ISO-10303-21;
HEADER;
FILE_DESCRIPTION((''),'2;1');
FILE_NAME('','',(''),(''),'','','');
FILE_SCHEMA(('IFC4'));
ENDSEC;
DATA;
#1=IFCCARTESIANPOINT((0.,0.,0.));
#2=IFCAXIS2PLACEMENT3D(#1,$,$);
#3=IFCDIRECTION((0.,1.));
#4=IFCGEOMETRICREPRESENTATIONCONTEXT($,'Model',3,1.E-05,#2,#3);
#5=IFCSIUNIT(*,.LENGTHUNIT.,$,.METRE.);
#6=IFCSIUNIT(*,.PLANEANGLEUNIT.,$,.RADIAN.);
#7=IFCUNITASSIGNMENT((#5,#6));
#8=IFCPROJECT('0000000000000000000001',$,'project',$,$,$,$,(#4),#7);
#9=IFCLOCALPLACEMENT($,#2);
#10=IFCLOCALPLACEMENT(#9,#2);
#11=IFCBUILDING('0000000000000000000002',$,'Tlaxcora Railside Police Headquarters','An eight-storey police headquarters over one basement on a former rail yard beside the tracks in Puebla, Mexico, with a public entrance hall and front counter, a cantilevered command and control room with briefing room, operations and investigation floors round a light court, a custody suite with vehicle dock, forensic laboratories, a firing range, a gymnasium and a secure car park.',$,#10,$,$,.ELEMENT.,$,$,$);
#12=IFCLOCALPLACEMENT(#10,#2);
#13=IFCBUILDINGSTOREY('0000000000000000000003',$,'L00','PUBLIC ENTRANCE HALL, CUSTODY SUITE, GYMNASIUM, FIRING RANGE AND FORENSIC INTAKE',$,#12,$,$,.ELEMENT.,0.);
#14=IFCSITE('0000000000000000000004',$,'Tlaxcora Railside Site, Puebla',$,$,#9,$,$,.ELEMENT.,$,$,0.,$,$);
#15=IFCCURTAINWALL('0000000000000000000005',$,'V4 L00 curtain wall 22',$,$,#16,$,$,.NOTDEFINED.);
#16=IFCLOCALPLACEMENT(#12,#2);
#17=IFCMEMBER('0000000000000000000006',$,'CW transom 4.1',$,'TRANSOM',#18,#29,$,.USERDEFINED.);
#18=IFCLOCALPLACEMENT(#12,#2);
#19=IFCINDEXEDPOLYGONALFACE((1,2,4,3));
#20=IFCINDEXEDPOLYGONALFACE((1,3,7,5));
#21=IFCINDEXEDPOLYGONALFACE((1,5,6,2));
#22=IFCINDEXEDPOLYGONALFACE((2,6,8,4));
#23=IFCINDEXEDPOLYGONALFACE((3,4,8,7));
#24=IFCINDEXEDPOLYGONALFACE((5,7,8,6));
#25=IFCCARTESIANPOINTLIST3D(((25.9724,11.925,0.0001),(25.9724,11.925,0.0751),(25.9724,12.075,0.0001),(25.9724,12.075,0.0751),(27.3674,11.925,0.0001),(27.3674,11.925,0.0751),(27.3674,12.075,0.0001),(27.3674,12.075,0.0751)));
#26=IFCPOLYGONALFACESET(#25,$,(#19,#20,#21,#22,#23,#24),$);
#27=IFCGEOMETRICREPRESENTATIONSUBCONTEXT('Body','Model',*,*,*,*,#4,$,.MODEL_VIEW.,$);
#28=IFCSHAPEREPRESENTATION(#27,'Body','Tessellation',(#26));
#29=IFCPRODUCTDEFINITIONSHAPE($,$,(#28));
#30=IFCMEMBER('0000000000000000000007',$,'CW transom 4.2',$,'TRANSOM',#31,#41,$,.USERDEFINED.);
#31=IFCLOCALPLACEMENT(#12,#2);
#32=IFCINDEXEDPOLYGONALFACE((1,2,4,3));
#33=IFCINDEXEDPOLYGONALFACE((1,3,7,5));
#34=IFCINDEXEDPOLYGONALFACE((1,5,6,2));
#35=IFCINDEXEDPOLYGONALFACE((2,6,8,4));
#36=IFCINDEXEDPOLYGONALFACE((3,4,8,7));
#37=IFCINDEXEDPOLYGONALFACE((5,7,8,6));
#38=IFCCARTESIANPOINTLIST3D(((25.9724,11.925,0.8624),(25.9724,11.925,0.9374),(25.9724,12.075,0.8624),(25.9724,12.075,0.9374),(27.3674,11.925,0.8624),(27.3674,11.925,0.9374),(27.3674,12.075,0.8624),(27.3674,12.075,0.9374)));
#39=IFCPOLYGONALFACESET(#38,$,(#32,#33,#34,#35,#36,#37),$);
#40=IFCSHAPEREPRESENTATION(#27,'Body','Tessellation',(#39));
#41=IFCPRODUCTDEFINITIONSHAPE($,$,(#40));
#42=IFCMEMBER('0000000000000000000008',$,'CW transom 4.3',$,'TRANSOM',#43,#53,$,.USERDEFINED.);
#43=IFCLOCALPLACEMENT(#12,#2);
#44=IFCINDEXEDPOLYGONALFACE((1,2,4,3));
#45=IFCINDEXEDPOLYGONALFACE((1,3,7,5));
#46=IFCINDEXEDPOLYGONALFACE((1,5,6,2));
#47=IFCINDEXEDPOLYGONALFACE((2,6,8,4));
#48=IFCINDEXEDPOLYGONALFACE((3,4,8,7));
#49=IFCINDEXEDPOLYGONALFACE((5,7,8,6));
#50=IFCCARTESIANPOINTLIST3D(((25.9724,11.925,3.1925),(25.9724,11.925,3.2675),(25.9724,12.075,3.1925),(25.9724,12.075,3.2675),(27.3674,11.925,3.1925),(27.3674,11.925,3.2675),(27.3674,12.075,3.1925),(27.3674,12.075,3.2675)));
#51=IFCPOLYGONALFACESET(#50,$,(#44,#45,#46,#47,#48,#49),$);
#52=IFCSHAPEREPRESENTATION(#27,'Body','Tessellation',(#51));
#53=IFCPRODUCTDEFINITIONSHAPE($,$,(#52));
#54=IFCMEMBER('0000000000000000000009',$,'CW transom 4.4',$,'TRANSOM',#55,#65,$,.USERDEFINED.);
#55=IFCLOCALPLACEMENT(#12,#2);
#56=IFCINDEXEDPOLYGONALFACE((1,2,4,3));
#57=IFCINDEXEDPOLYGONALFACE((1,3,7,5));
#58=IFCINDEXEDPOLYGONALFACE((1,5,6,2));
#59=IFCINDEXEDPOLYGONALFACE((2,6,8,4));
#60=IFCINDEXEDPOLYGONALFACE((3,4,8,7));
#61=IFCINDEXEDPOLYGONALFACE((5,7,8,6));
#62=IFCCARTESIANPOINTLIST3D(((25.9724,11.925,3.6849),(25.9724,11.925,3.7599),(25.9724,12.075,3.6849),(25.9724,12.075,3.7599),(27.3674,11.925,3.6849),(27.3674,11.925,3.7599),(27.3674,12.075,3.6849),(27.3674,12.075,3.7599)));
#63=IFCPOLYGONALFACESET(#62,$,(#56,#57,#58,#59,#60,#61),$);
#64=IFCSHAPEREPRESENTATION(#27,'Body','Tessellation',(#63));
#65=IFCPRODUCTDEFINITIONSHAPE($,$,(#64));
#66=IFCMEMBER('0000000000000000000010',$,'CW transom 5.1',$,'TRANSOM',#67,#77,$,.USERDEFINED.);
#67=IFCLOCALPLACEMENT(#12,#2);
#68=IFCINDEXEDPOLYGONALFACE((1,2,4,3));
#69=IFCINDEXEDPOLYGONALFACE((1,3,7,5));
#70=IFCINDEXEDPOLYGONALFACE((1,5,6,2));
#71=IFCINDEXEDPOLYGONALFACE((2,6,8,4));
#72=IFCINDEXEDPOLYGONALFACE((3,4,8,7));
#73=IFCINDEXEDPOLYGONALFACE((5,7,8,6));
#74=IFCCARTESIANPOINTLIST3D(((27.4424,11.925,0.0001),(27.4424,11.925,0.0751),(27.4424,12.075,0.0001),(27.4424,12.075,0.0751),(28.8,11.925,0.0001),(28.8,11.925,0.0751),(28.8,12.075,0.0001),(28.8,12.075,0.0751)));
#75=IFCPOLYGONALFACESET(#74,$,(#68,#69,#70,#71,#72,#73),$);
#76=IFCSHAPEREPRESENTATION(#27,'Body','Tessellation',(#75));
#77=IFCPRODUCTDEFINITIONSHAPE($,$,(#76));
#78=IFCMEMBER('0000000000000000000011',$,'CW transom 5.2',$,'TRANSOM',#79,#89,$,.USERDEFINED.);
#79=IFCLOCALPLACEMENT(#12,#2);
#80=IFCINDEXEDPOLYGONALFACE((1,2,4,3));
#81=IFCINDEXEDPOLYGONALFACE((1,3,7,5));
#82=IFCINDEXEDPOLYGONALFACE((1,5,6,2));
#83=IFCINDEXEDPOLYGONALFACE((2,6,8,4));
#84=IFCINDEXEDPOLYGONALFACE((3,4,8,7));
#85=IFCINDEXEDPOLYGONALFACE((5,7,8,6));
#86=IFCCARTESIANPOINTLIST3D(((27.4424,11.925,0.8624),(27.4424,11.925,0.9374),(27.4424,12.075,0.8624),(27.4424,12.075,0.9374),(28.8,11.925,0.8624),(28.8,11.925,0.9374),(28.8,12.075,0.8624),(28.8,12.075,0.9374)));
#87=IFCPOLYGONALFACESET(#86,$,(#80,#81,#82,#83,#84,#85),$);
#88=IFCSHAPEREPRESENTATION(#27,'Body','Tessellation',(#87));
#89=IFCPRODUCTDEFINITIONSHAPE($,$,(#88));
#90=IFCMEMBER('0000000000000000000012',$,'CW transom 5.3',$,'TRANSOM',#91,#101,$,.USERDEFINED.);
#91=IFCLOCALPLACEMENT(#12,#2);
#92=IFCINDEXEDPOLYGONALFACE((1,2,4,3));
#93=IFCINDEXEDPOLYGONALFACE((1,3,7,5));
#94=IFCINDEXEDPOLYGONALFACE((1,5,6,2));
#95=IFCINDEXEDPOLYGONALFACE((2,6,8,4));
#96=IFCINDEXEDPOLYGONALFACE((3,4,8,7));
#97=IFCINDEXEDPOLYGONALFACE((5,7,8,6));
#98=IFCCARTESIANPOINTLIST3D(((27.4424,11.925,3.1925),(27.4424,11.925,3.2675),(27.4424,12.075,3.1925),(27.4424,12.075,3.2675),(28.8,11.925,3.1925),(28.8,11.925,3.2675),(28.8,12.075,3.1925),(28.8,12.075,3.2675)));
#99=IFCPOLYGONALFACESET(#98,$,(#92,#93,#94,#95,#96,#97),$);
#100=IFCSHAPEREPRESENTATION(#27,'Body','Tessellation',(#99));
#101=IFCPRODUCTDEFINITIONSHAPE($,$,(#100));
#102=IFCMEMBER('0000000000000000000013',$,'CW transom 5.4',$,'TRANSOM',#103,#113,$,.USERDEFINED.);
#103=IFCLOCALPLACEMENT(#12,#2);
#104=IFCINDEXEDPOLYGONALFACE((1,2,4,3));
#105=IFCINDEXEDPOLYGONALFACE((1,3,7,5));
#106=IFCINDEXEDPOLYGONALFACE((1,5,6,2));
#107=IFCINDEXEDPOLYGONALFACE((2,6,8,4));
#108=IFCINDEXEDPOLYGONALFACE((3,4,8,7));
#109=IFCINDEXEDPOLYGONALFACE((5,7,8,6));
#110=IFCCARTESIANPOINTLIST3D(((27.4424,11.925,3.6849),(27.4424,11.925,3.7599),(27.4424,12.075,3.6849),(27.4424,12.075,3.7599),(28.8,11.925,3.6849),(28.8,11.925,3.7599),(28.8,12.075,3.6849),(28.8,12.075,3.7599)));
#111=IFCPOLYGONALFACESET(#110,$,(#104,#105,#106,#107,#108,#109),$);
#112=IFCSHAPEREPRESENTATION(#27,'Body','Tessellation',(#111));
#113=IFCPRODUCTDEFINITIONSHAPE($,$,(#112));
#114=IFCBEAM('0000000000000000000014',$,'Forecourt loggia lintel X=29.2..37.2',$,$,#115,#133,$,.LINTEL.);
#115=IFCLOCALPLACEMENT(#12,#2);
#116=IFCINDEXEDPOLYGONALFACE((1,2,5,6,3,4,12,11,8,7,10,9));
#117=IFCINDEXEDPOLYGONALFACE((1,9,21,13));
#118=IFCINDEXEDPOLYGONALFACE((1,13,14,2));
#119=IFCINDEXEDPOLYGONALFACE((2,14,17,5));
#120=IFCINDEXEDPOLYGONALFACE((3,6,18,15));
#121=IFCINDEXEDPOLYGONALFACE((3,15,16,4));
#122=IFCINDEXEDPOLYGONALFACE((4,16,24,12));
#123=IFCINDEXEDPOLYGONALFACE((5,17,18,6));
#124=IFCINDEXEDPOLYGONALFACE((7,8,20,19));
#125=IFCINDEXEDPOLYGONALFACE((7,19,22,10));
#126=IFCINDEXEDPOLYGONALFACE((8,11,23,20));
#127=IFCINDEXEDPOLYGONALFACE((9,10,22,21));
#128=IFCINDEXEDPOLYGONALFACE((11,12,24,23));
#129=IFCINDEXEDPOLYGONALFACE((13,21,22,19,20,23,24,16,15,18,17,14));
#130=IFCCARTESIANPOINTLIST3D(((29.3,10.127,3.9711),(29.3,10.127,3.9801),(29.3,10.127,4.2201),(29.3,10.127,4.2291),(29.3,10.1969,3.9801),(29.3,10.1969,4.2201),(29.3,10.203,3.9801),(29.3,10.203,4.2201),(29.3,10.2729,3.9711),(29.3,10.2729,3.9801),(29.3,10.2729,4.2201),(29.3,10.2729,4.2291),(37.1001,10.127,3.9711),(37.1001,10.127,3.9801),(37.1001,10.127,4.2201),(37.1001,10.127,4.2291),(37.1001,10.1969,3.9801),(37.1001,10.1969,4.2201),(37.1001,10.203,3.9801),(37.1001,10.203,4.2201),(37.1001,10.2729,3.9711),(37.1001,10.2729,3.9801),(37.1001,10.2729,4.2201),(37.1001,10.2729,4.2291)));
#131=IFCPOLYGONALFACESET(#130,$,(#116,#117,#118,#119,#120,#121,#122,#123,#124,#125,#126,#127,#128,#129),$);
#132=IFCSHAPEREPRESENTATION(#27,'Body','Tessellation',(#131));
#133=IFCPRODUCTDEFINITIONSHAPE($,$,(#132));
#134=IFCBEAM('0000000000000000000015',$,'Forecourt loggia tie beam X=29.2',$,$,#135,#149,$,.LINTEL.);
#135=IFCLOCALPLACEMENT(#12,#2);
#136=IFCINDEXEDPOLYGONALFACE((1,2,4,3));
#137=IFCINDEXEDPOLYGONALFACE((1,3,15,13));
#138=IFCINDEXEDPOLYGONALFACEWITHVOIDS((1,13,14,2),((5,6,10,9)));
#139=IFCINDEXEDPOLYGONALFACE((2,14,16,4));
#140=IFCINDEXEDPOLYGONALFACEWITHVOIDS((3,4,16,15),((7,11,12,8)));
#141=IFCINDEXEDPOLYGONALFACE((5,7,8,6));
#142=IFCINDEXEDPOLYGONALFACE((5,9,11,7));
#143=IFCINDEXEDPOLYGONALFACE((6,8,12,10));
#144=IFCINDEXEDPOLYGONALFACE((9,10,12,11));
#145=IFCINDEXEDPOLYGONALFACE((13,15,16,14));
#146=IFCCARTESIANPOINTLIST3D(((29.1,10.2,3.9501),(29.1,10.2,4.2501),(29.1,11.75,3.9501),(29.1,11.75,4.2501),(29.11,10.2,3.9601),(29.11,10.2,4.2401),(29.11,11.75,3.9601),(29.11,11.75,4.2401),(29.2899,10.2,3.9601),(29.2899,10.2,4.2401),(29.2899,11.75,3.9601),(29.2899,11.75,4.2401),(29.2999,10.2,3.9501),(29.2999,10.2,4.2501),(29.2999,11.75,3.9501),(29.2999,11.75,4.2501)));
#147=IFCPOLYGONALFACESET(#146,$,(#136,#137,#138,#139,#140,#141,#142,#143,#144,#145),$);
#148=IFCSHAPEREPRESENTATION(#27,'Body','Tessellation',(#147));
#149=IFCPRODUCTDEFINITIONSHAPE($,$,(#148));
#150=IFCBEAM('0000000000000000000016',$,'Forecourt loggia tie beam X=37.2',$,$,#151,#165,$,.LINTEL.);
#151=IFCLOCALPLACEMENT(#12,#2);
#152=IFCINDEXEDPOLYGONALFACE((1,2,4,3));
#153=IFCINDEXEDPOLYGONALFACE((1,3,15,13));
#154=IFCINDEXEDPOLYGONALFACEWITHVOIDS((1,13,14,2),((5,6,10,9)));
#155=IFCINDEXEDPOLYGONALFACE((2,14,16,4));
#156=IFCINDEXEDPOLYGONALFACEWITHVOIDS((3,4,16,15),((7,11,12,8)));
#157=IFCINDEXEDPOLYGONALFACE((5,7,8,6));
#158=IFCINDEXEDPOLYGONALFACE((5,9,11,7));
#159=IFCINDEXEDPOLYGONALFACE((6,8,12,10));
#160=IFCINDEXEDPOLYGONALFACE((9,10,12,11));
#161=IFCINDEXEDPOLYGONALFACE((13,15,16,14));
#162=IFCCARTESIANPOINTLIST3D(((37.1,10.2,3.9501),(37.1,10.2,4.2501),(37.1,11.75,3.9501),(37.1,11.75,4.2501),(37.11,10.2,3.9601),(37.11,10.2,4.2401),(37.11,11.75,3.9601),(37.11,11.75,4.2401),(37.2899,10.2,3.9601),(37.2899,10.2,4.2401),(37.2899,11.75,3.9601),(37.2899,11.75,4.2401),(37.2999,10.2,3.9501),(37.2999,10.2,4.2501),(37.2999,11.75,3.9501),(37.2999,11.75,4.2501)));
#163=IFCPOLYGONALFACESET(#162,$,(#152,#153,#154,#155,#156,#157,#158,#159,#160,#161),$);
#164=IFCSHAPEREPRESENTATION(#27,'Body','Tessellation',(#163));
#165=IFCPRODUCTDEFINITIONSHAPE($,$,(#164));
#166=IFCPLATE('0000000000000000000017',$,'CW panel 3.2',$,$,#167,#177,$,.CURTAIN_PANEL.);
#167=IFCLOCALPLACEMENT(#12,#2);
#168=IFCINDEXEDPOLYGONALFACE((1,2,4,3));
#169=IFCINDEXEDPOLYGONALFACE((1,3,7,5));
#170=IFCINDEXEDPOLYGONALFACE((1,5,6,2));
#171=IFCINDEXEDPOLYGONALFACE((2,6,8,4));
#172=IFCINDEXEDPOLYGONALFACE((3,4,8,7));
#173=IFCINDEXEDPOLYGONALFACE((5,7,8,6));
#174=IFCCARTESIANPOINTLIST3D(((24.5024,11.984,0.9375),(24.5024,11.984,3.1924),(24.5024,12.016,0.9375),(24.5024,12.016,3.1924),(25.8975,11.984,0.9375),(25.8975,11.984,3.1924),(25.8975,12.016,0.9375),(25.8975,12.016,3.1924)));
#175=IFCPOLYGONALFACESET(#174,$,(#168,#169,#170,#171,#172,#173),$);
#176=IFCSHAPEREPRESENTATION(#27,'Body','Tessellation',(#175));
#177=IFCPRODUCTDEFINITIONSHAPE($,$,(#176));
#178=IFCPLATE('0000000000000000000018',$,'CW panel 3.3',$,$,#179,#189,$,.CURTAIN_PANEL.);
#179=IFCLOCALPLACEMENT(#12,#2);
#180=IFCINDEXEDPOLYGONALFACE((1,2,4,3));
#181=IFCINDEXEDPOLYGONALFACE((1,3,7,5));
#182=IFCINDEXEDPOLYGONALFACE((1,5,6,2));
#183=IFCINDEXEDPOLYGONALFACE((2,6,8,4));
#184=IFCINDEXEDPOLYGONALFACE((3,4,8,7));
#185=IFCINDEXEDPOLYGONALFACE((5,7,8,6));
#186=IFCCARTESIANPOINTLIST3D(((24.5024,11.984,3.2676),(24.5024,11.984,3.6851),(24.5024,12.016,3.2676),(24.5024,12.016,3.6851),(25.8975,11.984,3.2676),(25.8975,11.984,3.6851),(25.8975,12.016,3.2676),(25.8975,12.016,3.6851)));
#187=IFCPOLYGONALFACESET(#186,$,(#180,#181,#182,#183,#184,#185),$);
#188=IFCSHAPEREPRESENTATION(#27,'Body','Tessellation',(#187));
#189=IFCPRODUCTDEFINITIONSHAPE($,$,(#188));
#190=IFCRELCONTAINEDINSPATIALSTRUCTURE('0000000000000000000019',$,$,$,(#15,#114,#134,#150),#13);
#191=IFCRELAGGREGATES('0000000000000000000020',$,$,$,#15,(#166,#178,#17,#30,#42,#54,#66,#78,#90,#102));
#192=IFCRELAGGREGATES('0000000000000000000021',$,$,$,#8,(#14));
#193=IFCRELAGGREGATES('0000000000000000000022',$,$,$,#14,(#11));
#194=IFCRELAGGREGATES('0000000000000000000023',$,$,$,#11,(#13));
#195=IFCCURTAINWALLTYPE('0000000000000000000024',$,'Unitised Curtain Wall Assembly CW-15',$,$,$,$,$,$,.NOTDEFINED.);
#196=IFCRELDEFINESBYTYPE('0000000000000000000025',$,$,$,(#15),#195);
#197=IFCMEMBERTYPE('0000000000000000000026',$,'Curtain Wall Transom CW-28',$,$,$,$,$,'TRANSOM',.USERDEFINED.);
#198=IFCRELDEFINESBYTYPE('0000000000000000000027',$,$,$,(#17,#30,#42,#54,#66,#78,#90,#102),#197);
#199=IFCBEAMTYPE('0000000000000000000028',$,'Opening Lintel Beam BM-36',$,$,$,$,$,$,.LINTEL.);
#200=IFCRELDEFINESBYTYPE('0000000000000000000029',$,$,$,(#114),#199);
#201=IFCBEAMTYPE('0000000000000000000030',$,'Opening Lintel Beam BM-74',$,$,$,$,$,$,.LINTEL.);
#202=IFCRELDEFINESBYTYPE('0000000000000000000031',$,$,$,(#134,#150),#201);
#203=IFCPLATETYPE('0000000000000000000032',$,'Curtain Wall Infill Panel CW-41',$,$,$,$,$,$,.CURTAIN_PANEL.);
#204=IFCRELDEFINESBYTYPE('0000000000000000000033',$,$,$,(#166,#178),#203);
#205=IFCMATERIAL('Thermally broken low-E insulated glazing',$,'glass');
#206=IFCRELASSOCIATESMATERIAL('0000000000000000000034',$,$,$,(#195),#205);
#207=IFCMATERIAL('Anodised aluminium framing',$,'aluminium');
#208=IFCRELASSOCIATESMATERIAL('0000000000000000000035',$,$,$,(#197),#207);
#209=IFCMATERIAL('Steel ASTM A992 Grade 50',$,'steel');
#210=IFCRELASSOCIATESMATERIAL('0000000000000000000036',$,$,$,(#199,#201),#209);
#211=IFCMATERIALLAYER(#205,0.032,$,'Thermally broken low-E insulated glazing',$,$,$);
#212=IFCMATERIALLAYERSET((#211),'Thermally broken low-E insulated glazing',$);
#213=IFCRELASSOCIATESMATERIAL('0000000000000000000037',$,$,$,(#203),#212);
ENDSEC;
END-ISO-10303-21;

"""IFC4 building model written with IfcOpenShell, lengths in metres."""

from ifc_helpers import new_model, si_unit, direction, frame, origin, origin_2d, place, context, subcontext, project, spatial, rectangle, hollow_rectangle, i_section, extrude, material, layer, layer_set, material_profile, profile_set, type_object, element, aggregate, save


model = new_model("IFC4")

# Units and contexts
model_context = context("Model", 3, precision=1e-05, world=origin(), true_north=direction((0.0, 1.0)))
body_context = subcontext(model_context, "Body", "Model", "MODEL_VIEW")
ifc_project = project(units=[si_unit("LENGTHUNIT", "METRE"), si_unit("PLANEANGLEUNIT", "RADIAN")], contexts=[model_context])

# Site, building, storey
site_placement = place(None, origin())
site = spatial("IfcSite", under=ifc_project, at=site_placement, Name="Tlaxcora Railside Site, Puebla", CompositionType="ELEMENT", RefElevation=0.0)
building_placement = place(site_placement, origin())
building = spatial("IfcBuilding", under=site, at=building_placement, Name="Tlaxcora Railside Police Headquarters", Description="An eight-storey police headquarters over one basement on a former rail yard beside the tracks in Puebla, Mexico, with a public entrance hall and front counter, a cantilevered command and control room with briefing room, operations and investigation floors round a light court, a custody suite with vehicle dock, forensic laboratories, a firing range, a gymnasium and a secure car park.", CompositionType="ELEMENT")
storey_placement = place(building_placement, origin())
storey = spatial("IfcBuildingStorey", under=building, at=storey_placement, Name="L00", Description="PUBLIC ENTRANCE HALL, CUSTODY SUITE, GYMNASIUM, FIRING RANGE AND FORENSIC INTAKE", CompositionType="ELEMENT", Elevation=0.0)

# Shared definitions
ifc_material_1 = material(Name="Steel ASTM A992 Grade 50", Category="steel")

# Curtain wall, members
ifc_material_2 = material(Name="Thermally broken low-E insulated glazing", Category="glass")
curtain_wall_type = type_object("IfcCurtainWallType", Name="Unitised Curtain Wall Assembly CW-15", PredefinedType="NOTDEFINED", material=ifc_material_2)
curtain_wall_placement = place(storey_placement, origin())
curtain_wall = element("IfcCurtainWall", 1, at=curtain_wall_placement, inside=storey, type_object=curtain_wall_type, Name="V4 L00 curtain wall 22", PredefinedType="NOTDEFINED")
ifc_material_3 = material(Name="Anodised aluminium framing", Category="aluminium")
ifc_material_profile_1 = material_profile(ifc_material_3, rectangle(XDim=0.1499, YDim=0.075, at=origin_2d()), Name="AL75X150")
ifc_profile_set_1 = profile_set([ifc_material_profile_1], Name="Anodised aluminium framing")
member_type_1 = type_object("IfcMemberType", Name="Curtain Wall Transom CW-28", ElementType="TRANSOM", PredefinedType="USERDEFINED", material=ifc_profile_set_1)
member_1_placement = place(storey_placement, frame((25.9724, 12.0, 0.0376), z_axis=(1.0, 0.0, 0.0), x_axis=(0.0, 1.0, 0.0)))
member_1 = element("IfcMember", 2, at=member_1_placement, type_object=member_type_1, Name="CW transom 4.1", ObjectType="TRANSOM", PredefinedType="USERDEFINED", context=body_context, shape_type="SweptSolid", body=[
    extrude(rectangle(XDim=0.1499, YDim=0.075, at=origin_2d()), origin(), (0.0, 0.0, 1.0), 1.395),
])
member_2_placement = place(storey_placement, frame((25.9724, 12.0, 0.8999), z_axis=(1.0, 0.0, 0.0), x_axis=(0.0, 1.0, 0.0)))
member_2 = element("IfcMember", 3, at=member_2_placement, type_object=member_type_1, Name="CW transom 4.2", ObjectType="TRANSOM", PredefinedType="USERDEFINED", context=body_context, shape_type="SweptSolid", body=[
    extrude(rectangle(XDim=0.1499, YDim=0.075, at=origin_2d()), origin(), (0.0, 0.0, 1.0), 1.395),
])
member_3_placement = place(storey_placement, frame((25.9724, 12.0, 3.23), z_axis=(1.0, 0.0, 0.0), x_axis=(0.0, 1.0, 0.0)))
member_3 = element("IfcMember", 4, at=member_3_placement, type_object=member_type_1, Name="CW transom 4.3", ObjectType="TRANSOM", PredefinedType="USERDEFINED", context=body_context, shape_type="SweptSolid", body=[
    extrude(rectangle(XDim=0.1499, YDim=0.075, at=origin_2d()), origin(), (0.0, 0.0, 1.0), 1.395),
])
member_4_placement = place(storey_placement, frame((25.9724, 12.0, 3.7224), z_axis=(1.0, 0.0, 0.0), x_axis=(0.0, 1.0, 0.0)))
member_4 = element("IfcMember", 5, at=member_4_placement, type_object=member_type_1, Name="CW transom 4.4", ObjectType="TRANSOM", PredefinedType="USERDEFINED", context=body_context, shape_type="SweptSolid", body=[
    extrude(rectangle(XDim=0.1499, YDim=0.075, at=origin_2d()), origin(), (0.0, 0.0, 1.0), 1.395),
])
member_5_placement = place(storey_placement, frame((27.4424, 12.0, 0.0376), z_axis=(1.0, 0.0, 0.0), x_axis=(0.0, 1.0, 0.0)))
member_5 = element("IfcMember", 6, at=member_5_placement, type_object=member_type_1, Name="CW transom 5.1", ObjectType="TRANSOM", PredefinedType="USERDEFINED", context=body_context, shape_type="SweptSolid", body=[
    extrude(rectangle(XDim=0.1499, YDim=0.075, at=origin_2d()), origin(), (0.0, 0.0, 1.0), 1.3577),
])
member_6_placement = place(storey_placement, frame((27.4424, 12.0, 0.8999), z_axis=(1.0, 0.0, 0.0), x_axis=(0.0, 1.0, 0.0)))
member_6 = element("IfcMember", 7, at=member_6_placement, type_object=member_type_1, Name="CW transom 5.2", ObjectType="TRANSOM", PredefinedType="USERDEFINED", context=body_context, shape_type="SweptSolid", body=[
    extrude(rectangle(XDim=0.1499, YDim=0.075, at=origin_2d()), origin(), (0.0, 0.0, 1.0), 1.3577),
])
member_7_placement = place(storey_placement, frame((27.4424, 12.0, 3.23), z_axis=(1.0, 0.0, 0.0), x_axis=(0.0, 1.0, 0.0)))
member_7 = element("IfcMember", 8, at=member_7_placement, type_object=member_type_1, Name="CW transom 5.3", ObjectType="TRANSOM", PredefinedType="USERDEFINED", context=body_context, shape_type="SweptSolid", body=[
    extrude(rectangle(XDim=0.1499, YDim=0.075, at=origin_2d()), origin(), (0.0, 0.0, 1.0), 1.3577),
])
member_8_placement = place(storey_placement, frame((27.4424, 12.0, 3.7224), z_axis=(1.0, 0.0, 0.0), x_axis=(0.0, 1.0, 0.0)))
member_8 = element("IfcMember", 9, at=member_8_placement, type_object=member_type_1, Name="CW transom 5.4", ObjectType="TRANSOM", PredefinedType="USERDEFINED", context=body_context, shape_type="SweptSolid", body=[
    extrude(rectangle(XDim=0.1499, YDim=0.075, at=origin_2d()), origin(), (0.0, 0.0, 1.0), 1.3577),
])

# Beams
ifc_material_profile_2 = material_profile(ifc_material_1, i_section(OverallWidth=0.146, OverallDepth=0.2581, WebThickness=0.0061, FlangeThickness=0.009, at=origin_2d()), Name="W10X22")
ifc_profile_set_2 = profile_set([ifc_material_profile_2], Name="Steel ASTM A992 Grade 50")
beam_type_1 = type_object("IfcBeamType", Name="Opening Lintel Beam BM-36", PredefinedType="LINTEL", material=ifc_profile_set_2)
beam_placement = place(storey_placement, frame((29.3, 10.2, 4.1001), z_axis=(1.0, 0.0, 0.0), x_axis=(0.0, 1.0, 0.0)))
element("IfcBeam", 10, at=beam_placement, inside=storey, type_object=beam_type_1, Name="Forecourt loggia lintel X=29.2..37.2", PredefinedType="LINTEL", context=body_context, shape_type="SweptSolid", body=[
    extrude(i_section(OverallWidth=0.146, OverallDepth=0.2581, WebThickness=0.0061, FlangeThickness=0.009, at=origin_2d()), origin(), (0.0, 0.0, 1.0), 7.8),
])
ifc_material_profile_3 = material_profile(ifc_material_1, hollow_rectangle(XDim=0.2, YDim=0.3, WallThickness=0.01, at=origin_2d()), Name="HSS300X200X10")
ifc_profile_set_3 = profile_set([ifc_material_profile_3], Name="Steel ASTM A992 Grade 50")
beam_type_2 = type_object("IfcBeamType", Name="Opening Lintel Beam BM-74", PredefinedType="LINTEL", material=ifc_profile_set_3)
for number, where, z_axis, x_axis, name in (
    (11, (29.2, 10.2, 4.1001), (0.0, 1.0, 0.0), (-1.0, 0.0, 0.0), "Forecourt loggia tie beam X=29.2"),
    (12, (37.2, 10.2, 4.1001), (0.0, 1.0, 0.0), (-1.0, 0.0, 0.0), "Forecourt loggia tie beam X=37.2"),
):
    element("IfcBeam", number, at=place(storey_placement, frame(where, z_axis=z_axis, x_axis=x_axis)), inside=storey, type_object=beam_type_2, Name=name, PredefinedType="LINTEL", context=body_context, shape_type="SweptSolid", body=[
        extrude(hollow_rectangle(XDim=0.2, YDim=0.3, WallThickness=0.01, at=origin_2d()), origin(), (0.0, 0.0, 1.0), 1.55),
    ])

# Plates
ifc_layer_1 = layer(ifc_material_2, 0.032, Name="Thermally broken low-E insulated glazing")
ifc_layer_set_1 = layer_set([ifc_layer_1], Name="Thermally broken low-E insulated glazing")
plate_type_1 = type_object("IfcPlateType", Name="Curtain Wall Infill Panel CW-41", PredefinedType="CURTAIN_PANEL", material=ifc_layer_set_1)
plate_1_placement = place(storey_placement, frame((25.2, 12.0, 0.9375), z_axis=(0.0, 0.0, 1.0), x_axis=(1.0, 0.0, 0.0)))
plate_1 = element("IfcPlate", 13, at=plate_1_placement, type_object=plate_type_1, Name="CW panel 3.2", PredefinedType="CURTAIN_PANEL", context=body_context, shape_type="SweptSolid", body=[
    extrude(rectangle(XDim=1.395, YDim=0.032, at=origin_2d()), origin(), (0.0, 0.0, 1.0), 2.2549),
])
plate_2_placement = place(storey_placement, frame((25.2, 12.0, 3.2676), z_axis=(0.0, 0.0, 1.0), x_axis=(1.0, 0.0, 0.0)))
plate_2 = element("IfcPlate", 14, at=plate_2_placement, type_object=plate_type_1, Name="CW panel 3.3", PredefinedType="CURTAIN_PANEL", context=body_context, shape_type="SweptSolid", body=[
    extrude(rectangle(XDim=1.395, YDim=0.032, at=origin_2d()), origin(), (0.0, 0.0, 1.0), 0.4175),
])
aggregate(curtain_wall, [plate_1, plate_2, member_1, member_2, member_3, member_4, member_5, member_6, member_7, member_8])

save(model, "model.ifc")
